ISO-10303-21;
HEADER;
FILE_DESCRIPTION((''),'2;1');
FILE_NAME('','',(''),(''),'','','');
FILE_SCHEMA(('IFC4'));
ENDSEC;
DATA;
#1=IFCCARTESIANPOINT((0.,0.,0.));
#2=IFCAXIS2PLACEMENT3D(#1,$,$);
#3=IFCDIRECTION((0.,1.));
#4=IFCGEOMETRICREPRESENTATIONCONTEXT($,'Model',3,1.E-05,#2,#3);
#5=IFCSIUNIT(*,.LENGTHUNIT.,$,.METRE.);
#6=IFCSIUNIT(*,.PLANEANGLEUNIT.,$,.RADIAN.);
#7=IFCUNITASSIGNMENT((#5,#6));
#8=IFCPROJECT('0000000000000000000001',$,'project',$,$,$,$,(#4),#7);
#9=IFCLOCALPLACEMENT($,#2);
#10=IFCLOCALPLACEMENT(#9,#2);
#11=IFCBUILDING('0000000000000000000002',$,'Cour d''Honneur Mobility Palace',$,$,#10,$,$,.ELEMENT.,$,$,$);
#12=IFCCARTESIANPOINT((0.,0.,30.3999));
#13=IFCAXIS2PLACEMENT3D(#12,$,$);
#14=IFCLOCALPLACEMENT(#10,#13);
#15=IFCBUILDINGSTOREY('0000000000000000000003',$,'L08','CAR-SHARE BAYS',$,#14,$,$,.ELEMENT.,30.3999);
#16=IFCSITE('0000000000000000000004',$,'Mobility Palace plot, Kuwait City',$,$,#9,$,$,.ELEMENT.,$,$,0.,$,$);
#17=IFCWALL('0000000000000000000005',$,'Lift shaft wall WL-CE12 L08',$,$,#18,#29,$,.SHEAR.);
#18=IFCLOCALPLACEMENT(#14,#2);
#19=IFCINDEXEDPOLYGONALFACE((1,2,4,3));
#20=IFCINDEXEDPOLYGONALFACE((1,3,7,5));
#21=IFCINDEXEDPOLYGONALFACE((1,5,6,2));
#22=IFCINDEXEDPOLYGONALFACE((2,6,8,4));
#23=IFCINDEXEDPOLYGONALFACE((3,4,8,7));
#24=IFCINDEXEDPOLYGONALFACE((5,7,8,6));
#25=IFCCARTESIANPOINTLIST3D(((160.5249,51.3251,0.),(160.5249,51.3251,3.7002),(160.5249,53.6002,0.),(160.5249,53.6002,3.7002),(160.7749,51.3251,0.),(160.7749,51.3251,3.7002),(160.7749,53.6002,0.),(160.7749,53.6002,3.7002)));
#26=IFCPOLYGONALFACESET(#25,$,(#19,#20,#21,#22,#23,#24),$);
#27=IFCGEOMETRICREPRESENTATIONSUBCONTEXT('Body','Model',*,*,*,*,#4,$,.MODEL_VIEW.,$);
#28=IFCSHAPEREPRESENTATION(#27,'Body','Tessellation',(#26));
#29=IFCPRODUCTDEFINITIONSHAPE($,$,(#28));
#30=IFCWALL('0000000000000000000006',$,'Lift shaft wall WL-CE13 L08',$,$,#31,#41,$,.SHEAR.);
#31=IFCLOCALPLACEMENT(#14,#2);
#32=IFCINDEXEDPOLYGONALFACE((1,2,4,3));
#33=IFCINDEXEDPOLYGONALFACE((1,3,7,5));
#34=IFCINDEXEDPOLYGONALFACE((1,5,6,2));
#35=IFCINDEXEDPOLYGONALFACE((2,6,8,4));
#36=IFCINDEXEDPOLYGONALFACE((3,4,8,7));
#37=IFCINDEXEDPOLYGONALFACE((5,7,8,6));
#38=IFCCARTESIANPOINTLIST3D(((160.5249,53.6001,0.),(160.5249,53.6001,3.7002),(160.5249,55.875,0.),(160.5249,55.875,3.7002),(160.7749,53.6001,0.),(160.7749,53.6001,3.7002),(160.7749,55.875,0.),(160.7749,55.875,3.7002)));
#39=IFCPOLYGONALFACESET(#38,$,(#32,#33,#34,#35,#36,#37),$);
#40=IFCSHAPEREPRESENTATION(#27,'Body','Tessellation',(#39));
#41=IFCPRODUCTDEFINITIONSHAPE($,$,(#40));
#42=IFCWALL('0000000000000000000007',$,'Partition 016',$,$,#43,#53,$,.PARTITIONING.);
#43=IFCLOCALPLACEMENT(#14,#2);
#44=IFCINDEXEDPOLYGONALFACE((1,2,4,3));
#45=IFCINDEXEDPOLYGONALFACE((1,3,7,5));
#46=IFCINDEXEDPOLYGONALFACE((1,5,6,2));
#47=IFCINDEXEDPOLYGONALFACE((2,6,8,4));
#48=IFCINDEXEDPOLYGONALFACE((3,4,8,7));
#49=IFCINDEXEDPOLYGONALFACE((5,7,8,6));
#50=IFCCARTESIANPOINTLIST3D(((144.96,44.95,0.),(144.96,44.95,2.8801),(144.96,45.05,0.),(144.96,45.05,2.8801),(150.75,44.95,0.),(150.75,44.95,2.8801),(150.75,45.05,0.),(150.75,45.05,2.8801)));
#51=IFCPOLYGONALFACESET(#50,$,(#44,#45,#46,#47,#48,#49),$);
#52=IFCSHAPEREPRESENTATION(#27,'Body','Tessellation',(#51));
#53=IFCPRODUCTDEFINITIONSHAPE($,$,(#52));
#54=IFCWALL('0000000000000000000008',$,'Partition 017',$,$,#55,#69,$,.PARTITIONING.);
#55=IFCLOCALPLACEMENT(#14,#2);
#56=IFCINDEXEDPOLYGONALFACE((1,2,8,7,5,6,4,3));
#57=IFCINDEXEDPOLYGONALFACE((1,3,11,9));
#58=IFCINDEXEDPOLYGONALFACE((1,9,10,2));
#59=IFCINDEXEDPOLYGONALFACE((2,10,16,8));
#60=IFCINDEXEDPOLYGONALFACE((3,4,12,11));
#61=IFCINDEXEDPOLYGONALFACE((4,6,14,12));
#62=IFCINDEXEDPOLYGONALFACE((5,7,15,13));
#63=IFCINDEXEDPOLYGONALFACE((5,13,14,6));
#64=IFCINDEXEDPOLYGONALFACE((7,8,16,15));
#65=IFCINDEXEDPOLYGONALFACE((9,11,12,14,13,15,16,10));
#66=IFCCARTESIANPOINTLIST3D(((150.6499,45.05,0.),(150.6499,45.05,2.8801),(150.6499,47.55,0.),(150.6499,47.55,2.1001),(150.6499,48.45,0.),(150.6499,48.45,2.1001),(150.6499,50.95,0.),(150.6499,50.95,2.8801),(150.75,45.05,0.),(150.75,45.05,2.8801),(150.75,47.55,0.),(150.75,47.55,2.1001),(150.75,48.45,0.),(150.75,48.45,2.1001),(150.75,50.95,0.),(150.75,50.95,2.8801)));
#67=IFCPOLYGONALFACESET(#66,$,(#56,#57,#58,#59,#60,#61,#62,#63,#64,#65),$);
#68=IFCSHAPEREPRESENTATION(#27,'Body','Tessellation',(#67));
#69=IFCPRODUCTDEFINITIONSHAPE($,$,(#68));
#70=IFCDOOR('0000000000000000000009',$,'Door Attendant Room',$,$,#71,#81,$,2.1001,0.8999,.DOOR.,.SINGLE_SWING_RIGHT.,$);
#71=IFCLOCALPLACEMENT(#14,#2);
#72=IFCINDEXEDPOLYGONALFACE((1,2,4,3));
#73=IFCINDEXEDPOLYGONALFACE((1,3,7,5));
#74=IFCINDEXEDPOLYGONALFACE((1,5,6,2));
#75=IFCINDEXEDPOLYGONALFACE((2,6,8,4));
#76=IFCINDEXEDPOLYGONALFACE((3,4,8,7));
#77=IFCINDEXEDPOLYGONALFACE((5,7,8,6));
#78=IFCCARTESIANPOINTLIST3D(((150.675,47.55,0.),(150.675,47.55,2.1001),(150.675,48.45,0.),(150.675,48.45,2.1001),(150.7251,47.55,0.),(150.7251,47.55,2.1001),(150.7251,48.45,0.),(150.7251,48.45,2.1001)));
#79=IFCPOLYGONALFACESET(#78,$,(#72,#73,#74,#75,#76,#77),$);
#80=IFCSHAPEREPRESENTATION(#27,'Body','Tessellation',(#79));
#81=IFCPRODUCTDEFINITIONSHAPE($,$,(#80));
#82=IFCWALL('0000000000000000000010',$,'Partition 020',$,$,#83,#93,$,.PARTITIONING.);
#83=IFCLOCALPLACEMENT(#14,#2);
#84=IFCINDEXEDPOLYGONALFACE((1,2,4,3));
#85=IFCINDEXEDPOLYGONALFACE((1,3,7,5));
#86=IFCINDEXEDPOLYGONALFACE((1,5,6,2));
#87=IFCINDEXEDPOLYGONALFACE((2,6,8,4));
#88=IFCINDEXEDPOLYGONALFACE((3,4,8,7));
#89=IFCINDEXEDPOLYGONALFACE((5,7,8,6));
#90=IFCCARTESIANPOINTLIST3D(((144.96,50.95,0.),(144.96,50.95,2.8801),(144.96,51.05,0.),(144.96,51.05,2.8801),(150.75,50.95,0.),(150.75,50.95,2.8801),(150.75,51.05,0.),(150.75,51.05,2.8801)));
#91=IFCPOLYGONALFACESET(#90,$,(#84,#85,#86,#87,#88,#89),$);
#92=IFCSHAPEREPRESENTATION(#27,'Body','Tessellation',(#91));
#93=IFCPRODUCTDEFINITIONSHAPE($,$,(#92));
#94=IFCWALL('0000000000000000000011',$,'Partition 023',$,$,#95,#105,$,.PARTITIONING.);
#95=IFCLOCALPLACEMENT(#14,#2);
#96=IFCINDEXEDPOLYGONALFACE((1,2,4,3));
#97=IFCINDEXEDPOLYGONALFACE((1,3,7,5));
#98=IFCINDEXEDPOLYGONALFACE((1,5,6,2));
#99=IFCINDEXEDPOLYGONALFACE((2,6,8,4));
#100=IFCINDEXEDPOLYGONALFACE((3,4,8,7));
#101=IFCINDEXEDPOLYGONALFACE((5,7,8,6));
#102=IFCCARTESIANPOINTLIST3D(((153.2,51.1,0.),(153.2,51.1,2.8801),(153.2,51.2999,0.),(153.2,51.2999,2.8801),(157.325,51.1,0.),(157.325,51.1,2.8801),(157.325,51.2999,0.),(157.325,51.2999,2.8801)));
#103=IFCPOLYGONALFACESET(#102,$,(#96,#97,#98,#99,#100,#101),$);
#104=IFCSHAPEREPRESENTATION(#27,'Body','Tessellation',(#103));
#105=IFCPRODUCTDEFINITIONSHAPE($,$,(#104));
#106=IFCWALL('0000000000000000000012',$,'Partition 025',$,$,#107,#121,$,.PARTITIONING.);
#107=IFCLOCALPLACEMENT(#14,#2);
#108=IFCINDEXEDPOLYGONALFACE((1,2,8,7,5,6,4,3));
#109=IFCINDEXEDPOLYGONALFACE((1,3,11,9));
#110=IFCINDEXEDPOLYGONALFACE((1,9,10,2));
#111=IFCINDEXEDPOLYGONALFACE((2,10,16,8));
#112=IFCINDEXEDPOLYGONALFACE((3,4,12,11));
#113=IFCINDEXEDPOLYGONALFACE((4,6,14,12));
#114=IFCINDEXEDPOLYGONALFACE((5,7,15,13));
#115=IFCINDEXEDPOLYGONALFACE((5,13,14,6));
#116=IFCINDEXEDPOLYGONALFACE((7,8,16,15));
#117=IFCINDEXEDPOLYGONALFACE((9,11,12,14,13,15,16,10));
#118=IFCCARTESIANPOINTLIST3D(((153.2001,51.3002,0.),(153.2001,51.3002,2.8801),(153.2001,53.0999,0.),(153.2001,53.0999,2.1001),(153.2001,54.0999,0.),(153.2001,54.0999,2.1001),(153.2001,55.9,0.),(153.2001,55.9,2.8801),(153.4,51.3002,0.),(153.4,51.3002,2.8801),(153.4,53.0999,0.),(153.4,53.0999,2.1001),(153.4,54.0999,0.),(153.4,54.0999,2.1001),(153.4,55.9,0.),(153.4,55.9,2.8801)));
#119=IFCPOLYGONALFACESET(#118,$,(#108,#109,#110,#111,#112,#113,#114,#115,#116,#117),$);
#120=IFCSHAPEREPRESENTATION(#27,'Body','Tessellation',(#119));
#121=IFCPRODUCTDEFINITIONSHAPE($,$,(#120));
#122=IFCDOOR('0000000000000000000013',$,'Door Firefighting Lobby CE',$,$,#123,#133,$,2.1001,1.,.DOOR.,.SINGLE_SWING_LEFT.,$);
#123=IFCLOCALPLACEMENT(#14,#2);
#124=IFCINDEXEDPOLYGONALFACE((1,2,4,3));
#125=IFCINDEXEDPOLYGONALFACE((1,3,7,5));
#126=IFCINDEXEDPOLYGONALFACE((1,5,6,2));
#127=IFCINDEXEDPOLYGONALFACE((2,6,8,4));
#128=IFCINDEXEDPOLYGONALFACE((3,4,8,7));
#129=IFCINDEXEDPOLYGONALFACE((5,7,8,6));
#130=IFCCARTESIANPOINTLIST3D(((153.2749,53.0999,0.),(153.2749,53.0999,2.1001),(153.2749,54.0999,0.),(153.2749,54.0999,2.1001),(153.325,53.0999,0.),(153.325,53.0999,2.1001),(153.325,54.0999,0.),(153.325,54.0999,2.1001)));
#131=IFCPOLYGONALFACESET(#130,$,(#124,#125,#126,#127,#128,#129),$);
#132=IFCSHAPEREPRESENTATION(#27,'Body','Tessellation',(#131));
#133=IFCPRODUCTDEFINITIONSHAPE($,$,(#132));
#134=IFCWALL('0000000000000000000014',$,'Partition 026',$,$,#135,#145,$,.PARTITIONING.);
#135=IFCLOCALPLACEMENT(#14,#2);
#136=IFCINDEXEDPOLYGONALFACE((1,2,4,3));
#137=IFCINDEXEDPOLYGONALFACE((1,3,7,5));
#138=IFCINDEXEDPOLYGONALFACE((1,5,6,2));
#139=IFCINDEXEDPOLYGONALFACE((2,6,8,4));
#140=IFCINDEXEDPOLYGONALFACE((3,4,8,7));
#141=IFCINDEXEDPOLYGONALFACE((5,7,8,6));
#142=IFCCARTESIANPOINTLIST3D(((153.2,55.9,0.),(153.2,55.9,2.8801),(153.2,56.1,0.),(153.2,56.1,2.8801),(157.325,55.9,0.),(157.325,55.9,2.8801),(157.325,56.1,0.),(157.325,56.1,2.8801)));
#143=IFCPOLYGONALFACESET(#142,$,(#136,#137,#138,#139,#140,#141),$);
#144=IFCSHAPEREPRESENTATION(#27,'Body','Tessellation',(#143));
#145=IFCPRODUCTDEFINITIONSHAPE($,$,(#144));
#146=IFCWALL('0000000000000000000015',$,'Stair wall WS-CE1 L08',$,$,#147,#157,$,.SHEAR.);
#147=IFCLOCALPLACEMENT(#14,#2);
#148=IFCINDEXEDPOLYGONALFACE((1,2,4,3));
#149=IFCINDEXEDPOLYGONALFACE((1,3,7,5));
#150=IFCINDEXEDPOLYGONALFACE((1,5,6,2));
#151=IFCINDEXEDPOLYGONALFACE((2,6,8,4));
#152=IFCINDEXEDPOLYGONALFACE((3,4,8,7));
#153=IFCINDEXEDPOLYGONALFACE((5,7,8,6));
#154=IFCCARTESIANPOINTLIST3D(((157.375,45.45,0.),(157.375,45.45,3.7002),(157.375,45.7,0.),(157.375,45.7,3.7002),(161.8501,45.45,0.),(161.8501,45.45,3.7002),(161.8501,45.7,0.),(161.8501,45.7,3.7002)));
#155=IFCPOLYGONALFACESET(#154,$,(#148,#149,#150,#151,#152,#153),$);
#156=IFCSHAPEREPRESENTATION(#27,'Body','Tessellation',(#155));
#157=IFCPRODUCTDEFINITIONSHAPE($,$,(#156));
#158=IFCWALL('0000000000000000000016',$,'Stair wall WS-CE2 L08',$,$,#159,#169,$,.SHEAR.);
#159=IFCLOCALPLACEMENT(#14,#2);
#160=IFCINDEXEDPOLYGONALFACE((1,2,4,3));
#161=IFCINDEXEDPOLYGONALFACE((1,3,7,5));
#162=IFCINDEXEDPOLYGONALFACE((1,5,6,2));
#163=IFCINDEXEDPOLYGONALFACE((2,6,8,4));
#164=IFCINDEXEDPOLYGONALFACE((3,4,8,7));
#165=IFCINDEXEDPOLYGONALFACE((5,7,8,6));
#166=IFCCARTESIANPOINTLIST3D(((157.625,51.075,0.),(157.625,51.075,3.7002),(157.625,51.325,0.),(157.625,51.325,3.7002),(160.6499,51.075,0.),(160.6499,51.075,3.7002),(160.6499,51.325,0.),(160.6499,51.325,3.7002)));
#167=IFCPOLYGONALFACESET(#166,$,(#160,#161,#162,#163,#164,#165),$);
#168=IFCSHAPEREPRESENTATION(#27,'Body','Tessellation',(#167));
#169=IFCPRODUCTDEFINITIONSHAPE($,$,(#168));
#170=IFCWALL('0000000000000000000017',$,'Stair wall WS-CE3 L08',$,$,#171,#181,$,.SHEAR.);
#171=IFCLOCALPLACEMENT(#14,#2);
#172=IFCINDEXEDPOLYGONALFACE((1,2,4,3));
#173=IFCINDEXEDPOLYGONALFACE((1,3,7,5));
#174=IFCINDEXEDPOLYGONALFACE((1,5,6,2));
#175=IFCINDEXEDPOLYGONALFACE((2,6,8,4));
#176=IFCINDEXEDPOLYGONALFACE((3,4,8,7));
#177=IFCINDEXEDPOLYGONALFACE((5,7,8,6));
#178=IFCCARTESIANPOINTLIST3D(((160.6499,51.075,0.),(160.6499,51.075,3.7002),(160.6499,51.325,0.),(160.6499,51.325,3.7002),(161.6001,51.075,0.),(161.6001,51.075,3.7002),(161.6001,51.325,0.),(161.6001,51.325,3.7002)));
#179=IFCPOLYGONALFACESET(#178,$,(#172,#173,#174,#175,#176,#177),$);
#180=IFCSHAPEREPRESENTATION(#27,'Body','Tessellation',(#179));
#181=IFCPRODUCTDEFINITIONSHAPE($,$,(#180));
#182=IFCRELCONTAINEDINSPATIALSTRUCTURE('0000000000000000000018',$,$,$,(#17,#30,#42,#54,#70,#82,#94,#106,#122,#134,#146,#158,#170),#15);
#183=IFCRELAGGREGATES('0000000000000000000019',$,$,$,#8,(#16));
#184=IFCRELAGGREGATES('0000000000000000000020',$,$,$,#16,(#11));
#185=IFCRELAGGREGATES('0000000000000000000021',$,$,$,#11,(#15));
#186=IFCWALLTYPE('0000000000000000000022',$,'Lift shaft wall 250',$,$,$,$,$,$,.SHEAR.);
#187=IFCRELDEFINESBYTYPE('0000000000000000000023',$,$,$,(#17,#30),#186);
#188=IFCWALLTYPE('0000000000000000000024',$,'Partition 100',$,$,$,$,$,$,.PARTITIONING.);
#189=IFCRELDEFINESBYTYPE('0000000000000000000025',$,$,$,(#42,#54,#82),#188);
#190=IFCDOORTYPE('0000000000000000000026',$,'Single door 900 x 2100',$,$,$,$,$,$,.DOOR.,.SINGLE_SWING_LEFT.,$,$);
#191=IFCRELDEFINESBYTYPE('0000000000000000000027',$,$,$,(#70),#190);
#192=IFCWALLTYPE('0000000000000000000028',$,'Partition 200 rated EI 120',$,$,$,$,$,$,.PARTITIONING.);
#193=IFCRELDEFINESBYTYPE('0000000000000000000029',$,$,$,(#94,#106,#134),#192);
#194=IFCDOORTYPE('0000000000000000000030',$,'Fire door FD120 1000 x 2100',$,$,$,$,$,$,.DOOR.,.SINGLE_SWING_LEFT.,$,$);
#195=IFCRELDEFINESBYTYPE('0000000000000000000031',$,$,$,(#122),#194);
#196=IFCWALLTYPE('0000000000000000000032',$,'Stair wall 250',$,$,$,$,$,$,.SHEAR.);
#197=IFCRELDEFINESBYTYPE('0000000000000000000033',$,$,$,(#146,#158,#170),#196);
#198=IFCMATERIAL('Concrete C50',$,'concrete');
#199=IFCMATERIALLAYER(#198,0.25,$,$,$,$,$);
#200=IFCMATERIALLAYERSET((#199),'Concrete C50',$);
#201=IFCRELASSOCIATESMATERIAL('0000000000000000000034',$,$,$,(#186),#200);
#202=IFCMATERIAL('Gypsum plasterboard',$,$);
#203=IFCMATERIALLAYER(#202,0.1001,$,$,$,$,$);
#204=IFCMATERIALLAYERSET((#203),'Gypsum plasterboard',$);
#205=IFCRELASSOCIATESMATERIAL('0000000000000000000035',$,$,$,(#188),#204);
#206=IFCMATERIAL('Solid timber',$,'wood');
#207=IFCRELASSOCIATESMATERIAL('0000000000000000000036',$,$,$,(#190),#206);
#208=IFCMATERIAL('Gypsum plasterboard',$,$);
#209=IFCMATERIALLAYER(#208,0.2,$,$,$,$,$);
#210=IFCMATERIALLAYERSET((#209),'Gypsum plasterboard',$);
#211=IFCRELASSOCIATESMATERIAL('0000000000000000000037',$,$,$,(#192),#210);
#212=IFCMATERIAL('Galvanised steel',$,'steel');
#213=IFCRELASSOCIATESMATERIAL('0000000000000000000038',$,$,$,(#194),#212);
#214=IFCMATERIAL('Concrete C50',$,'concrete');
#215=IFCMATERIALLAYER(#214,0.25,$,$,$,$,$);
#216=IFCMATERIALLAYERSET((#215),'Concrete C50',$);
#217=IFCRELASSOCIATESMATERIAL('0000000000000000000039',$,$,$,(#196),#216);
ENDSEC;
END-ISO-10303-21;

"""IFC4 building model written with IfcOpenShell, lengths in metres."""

from ifc_helpers import new_model, si_unit, direction, frame, frame_2d, origin, place, context, subcontext, project, spatial, rectangle, extrude, material, layer, layer_set, type_object, element, fill, save


model = new_model("IFC4")

# Units and contexts
model_context = context("Model", 3, precision=1e-05, world=origin(), true_north=direction((0.0, 1.0)))
body_context = subcontext(model_context, "Body", "Model", "MODEL_VIEW")
ifc_project = project(units=[si_unit("LENGTHUNIT", "METRE"), si_unit("PLANEANGLEUNIT", "RADIAN")], contexts=[model_context])

# Site, building, storey
site_placement = place(None, origin())
site = spatial("IfcSite", under=ifc_project, at=site_placement, Name="Mobility Palace plot, Kuwait City", CompositionType="ELEMENT", RefElevation=0.0)
building_placement = place(site_placement, origin())
building = spatial("IfcBuilding", under=site, at=building_placement, Name="Cour d'Honneur Mobility Palace", CompositionType="ELEMENT")
storey_placement = place(building_placement, frame((0.0, 0.0, 30.3999)))
storey = spatial("IfcBuildingStorey", under=building, at=storey_placement, Name="L08", Description="CAR-SHARE BAYS", CompositionType="ELEMENT", Elevation=30.3999)

# Shared definitions
ifc_material_1 = material(Name="Concrete C50", Category="concrete")
ifc_layer_1 = layer(ifc_material_1, 0.25)
ifc_layer_set_1 = layer_set([ifc_layer_1], Name="Concrete C50")
wall_type_1 = type_object("IfcWallType", Name="Lift shaft wall 250", PredefinedType="SHEAR", material=ifc_layer_set_1)

# Walls
wall_1_placement = place(storey_placement, frame((160.6499, 51.325, 0.0), z_axis=(0.0, 0.0, 1.0), x_axis=(0.0, 1.0, 0.0)))
element("IfcWall", 1, at=wall_1_placement, inside=storey, type_object=wall_type_1, Name="Lift shaft wall WL-CE12 L08", PredefinedType="SHEAR", context=body_context, shape_type="SweptSolid", body=[
    extrude(rectangle(XDim=2.2751, YDim=0.25, at=frame_2d((1.1377, 0.0))), origin(), (0.0, 0.0, 1.0), 3.7002),
])
wall_2_placement = place(storey_placement, frame((160.6499, 53.6001, 0.0), z_axis=(0.0, 0.0, 1.0), x_axis=(0.0, 1.0, 0.0)))
element("IfcWall", 2, at=wall_2_placement, inside=storey, type_object=wall_type_1, Name="Lift shaft wall WL-CE13 L08", PredefinedType="SHEAR", context=body_context, shape_type="SweptSolid", body=[
    extrude(rectangle(XDim=2.2749, YDim=0.25, at=frame_2d((1.1375, 0.0))), origin(), (0.0, 0.0, 1.0), 3.7002),
])
ifc_material_2 = material(Name="Gypsum plasterboard")
ifc_layer_2 = layer(ifc_material_2, 0.1001)
ifc_layer_set_2 = layer_set([ifc_layer_2], Name="Gypsum plasterboard")
wall_type_2 = type_object("IfcWallType", Name="Partition 100", PredefinedType="PARTITIONING", material=ifc_layer_set_2)
wall_3_placement = place(storey_placement, frame((144.96, 45.0, 0.0), z_axis=(0.0, 0.0, 1.0), x_axis=(1.0, 0.0, 0.0)))
element("IfcWall", 3, at=wall_3_placement, inside=storey, type_object=wall_type_2, Name="Partition 016", PredefinedType="PARTITIONING", context=body_context, shape_type="SweptSolid", body=[
    extrude(rectangle(XDim=5.79, YDim=0.1001, at=frame_2d((2.895, 0.0))), origin(), (0.0, 0.0, 1.0), 2.8801),
])

# Wall, opening, door
wall_4_placement = place(storey_placement, frame((150.7, 45.05, 0.0), z_axis=(0.0, 0.0, 1.0), x_axis=(0.0, 1.0, 0.0)))
wall_4 = element("IfcWall", 4, at=wall_4_placement, inside=storey, type_object=wall_type_2, Name="Partition 017", PredefinedType="PARTITIONING", context=body_context, shape_type="SweptSolid", body=[
    extrude(rectangle(XDim=5.8999, YDim=0.1001, at=frame_2d((2.95, 0.0))), origin(), (0.0, 0.0, 1.0), 2.8801),
])
opening_1_placement = place(wall_4_placement, frame((2.5, 0.0, 0.0)))
opening_1 = element("IfcOpeningElement", 5, at=opening_1_placement, cuts=wall_4, PredefinedType="OPENING", context=body_context, shape_type="SweptSolid", body=[
    extrude(rectangle(XDim=0.8999, YDim=2.1001, at=frame_2d((0.45, 1.05))), frame((0.0, 0.0601, 0.0), z_axis=(0.0, -1.0, 0.0), x_axis=(1.0, 0.0, 0.0)), (0.0, 0.0, 1.0), 0.1201),
])
ifc_material_3 = material(Name="Solid timber", Category="wood")
door_type_1 = type_object("IfcDoorType", Name="Single door 900 x 2100", OperationType="SINGLE_SWING_LEFT", PredefinedType="DOOR", material=ifc_material_3)
door_1_placement = place(opening_1_placement, origin())
door_1 = element("IfcDoor", 6, at=door_1_placement, inside=storey, type_object=door_type_1, Name="Door Attendant Room", OperationType="SINGLE_SWING_RIGHT", OverallHeight=2.1001, OverallWidth=0.8999, PredefinedType="DOOR", context=body_context, shape_type="SweptSolid", body=[
    extrude(rectangle(XDim=0.8999, YDim=2.1001, at=frame_2d((0.45, 1.05))), frame((0.0, 0.0249, 0.0), z_axis=(0.0, -1.0, 0.0), x_axis=(1.0, 0.0, 0.0)), (0.0, 0.0, 1.0), 0.05),
])
fill(opening_1, door_1)

# Walls
wall_5_placement = place(storey_placement, frame((150.75, 51.0, 0.0), z_axis=(0.0, 0.0, 1.0), x_axis=(-1.0, 0.0, 0.0)))
element("IfcWall", 7, at=wall_5_placement, inside=storey, type_object=wall_type_2, Name="Partition 020", PredefinedType="PARTITIONING", context=body_context, shape_type="SweptSolid", body=[
    extrude(rectangle(XDim=5.79, YDim=0.1001, at=frame_2d((2.895, 0.0))), origin(), (0.0, 0.0, 1.0), 2.8801),
])
ifc_material_4 = material(Name="Gypsum plasterboard")
ifc_layer_3 = layer(ifc_material_4, 0.2)
ifc_layer_set_3 = layer_set([ifc_layer_3], Name="Gypsum plasterboard")
wall_type_3 = type_object("IfcWallType", Name="Partition 200 rated EI 120", PredefinedType="PARTITIONING", material=ifc_layer_set_3)
wall_6_placement = place(storey_placement, frame((153.2, 51.2, 0.0), z_axis=(0.0, 0.0, 1.0), x_axis=(1.0, 0.0, 0.0)))
element("IfcWall", 8, at=wall_6_placement, inside=storey, type_object=wall_type_3, Name="Partition 023", PredefinedType="PARTITIONING", context=body_context, shape_type="SweptSolid", body=[
    extrude(rectangle(XDim=4.125, YDim=0.2, at=frame_2d((2.0625, 0.0))), origin(), (0.0, 0.0, 1.0), 2.8801),
])

# Wall, opening, door
wall_7_placement = place(storey_placement, frame((153.3, 55.8999, 0.0), z_axis=(0.0, 0.0, 1.0), x_axis=(0.0, -1.0, 0.0)))
wall_7 = element("IfcWall", 9, at=wall_7_placement, inside=storey, type_object=wall_type_3, Name="Partition 025", PredefinedType="PARTITIONING", context=body_context, shape_type="SweptSolid", body=[
    extrude(rectangle(XDim=4.5999, YDim=0.2, at=frame_2d((2.2998, 0.0))), origin(), (0.0, 0.0, 1.0), 2.8801),
])
opening_2_placement = place(wall_7_placement, frame((1.8, 0.0, 0.0)))
opening_2 = element("IfcOpeningElement", 10, at=opening_2_placement, cuts=wall_7, PredefinedType="OPENING", context=body_context, shape_type="SweptSolid", body=[
    extrude(rectangle(XDim=1.0, YDim=2.1001, at=frame_2d((0.5, 1.05))), frame((0.0, 0.1099, 0.0), z_axis=(0.0, -1.0, 0.0), x_axis=(1.0, 0.0, 0.0)), (0.0, 0.0, 1.0), 0.22),
])
ifc_material_5 = material(Name="Galvanised steel", Category="steel")
door_type_2 = type_object("IfcDoorType", Name="Fire door FD120 1000 x 2100", OperationType="SINGLE_SWING_LEFT", PredefinedType="DOOR", material=ifc_material_5)
door_2_placement = place(opening_2_placement, origin())
door_2 = element("IfcDoor", 11, at=door_2_placement, inside=storey, type_object=door_type_2, Name="Door Firefighting Lobby CE", OperationType="SINGLE_SWING_LEFT", OverallHeight=2.1001, OverallWidth=1.0, PredefinedType="DOOR", context=body_context, shape_type="SweptSolid", body=[
    extrude(rectangle(XDim=1.0, YDim=2.1001, at=frame_2d((0.5, 1.05))), frame((0.0, 0.0249, 0.0), z_axis=(0.0, -1.0, 0.0), x_axis=(1.0, 0.0, 0.0)), (0.0, 0.0, 1.0), 0.05),
])
fill(opening_2, door_2)

# Walls
wall_8_placement = place(storey_placement, frame((157.325, 56.0, 0.0), z_axis=(0.0, 0.0, 1.0), x_axis=(-1.0, 0.0, 0.0)))
element("IfcWall", 12, at=wall_8_placement, inside=storey, type_object=wall_type_3, Name="Partition 026", PredefinedType="PARTITIONING", context=body_context, shape_type="SweptSolid", body=[
    extrude(rectangle(XDim=4.125, YDim=0.2, at=frame_2d((2.0625, 0.0))), origin(), (0.0, 0.0, 1.0), 2.8801),
])
ifc_material_6 = material(Name="Concrete C50", Category="concrete")
ifc_layer_4 = layer(ifc_material_6, 0.25)
ifc_layer_set_4 = layer_set([ifc_layer_4], Name="Concrete C50")
wall_type_4 = type_object("IfcWallType", Name="Stair wall 250", PredefinedType="SHEAR", material=ifc_layer_set_4)
wall_9_placement = place(storey_placement, frame((157.375, 45.575, 0.0), z_axis=(0.0, 0.0, 1.0), x_axis=(1.0, 0.0, 0.0)))
element("IfcWall", 13, at=wall_9_placement, inside=storey, type_object=wall_type_4, Name="Stair wall WS-CE1 L08", PredefinedType="SHEAR", context=body_context, shape_type="SweptSolid", body=[
    extrude(rectangle(XDim=4.4751, YDim=0.25, at=frame_2d((2.2375, 0.0))), origin(), (0.0, 0.0, 1.0), 3.7002),
])
wall_10_placement = place(storey_placement, frame((157.625, 51.2, 0.0), z_axis=(0.0, 0.0, 1.0), x_axis=(1.0, 0.0, 0.0)))
element("IfcWall", 14, at=wall_10_placement, inside=storey, type_object=wall_type_4, Name="Stair wall WS-CE2 L08", PredefinedType="SHEAR", context=body_context, shape_type="SweptSolid", body=[
    extrude(rectangle(XDim=3.0249, YDim=0.25, at=frame_2d((1.5125, 0.0))), origin(), (0.0, 0.0, 1.0), 3.7002),
])
wall_11_placement = place(storey_placement, frame((160.6499, 51.2, 0.0), z_axis=(0.0, 0.0, 1.0), x_axis=(1.0, 0.0, 0.0)))
element("IfcWall", 15, at=wall_11_placement, inside=storey, type_object=wall_type_4, Name="Stair wall WS-CE3 L08", PredefinedType="SHEAR", context=body_context, shape_type="SweptSolid", body=[
    extrude(rectangle(XDim=0.9502, YDim=0.25, at=frame_2d((0.4751, 0.0))), origin(), (0.0, 0.0, 1.0), 3.7002),
])

save(model, "model.ifc")
